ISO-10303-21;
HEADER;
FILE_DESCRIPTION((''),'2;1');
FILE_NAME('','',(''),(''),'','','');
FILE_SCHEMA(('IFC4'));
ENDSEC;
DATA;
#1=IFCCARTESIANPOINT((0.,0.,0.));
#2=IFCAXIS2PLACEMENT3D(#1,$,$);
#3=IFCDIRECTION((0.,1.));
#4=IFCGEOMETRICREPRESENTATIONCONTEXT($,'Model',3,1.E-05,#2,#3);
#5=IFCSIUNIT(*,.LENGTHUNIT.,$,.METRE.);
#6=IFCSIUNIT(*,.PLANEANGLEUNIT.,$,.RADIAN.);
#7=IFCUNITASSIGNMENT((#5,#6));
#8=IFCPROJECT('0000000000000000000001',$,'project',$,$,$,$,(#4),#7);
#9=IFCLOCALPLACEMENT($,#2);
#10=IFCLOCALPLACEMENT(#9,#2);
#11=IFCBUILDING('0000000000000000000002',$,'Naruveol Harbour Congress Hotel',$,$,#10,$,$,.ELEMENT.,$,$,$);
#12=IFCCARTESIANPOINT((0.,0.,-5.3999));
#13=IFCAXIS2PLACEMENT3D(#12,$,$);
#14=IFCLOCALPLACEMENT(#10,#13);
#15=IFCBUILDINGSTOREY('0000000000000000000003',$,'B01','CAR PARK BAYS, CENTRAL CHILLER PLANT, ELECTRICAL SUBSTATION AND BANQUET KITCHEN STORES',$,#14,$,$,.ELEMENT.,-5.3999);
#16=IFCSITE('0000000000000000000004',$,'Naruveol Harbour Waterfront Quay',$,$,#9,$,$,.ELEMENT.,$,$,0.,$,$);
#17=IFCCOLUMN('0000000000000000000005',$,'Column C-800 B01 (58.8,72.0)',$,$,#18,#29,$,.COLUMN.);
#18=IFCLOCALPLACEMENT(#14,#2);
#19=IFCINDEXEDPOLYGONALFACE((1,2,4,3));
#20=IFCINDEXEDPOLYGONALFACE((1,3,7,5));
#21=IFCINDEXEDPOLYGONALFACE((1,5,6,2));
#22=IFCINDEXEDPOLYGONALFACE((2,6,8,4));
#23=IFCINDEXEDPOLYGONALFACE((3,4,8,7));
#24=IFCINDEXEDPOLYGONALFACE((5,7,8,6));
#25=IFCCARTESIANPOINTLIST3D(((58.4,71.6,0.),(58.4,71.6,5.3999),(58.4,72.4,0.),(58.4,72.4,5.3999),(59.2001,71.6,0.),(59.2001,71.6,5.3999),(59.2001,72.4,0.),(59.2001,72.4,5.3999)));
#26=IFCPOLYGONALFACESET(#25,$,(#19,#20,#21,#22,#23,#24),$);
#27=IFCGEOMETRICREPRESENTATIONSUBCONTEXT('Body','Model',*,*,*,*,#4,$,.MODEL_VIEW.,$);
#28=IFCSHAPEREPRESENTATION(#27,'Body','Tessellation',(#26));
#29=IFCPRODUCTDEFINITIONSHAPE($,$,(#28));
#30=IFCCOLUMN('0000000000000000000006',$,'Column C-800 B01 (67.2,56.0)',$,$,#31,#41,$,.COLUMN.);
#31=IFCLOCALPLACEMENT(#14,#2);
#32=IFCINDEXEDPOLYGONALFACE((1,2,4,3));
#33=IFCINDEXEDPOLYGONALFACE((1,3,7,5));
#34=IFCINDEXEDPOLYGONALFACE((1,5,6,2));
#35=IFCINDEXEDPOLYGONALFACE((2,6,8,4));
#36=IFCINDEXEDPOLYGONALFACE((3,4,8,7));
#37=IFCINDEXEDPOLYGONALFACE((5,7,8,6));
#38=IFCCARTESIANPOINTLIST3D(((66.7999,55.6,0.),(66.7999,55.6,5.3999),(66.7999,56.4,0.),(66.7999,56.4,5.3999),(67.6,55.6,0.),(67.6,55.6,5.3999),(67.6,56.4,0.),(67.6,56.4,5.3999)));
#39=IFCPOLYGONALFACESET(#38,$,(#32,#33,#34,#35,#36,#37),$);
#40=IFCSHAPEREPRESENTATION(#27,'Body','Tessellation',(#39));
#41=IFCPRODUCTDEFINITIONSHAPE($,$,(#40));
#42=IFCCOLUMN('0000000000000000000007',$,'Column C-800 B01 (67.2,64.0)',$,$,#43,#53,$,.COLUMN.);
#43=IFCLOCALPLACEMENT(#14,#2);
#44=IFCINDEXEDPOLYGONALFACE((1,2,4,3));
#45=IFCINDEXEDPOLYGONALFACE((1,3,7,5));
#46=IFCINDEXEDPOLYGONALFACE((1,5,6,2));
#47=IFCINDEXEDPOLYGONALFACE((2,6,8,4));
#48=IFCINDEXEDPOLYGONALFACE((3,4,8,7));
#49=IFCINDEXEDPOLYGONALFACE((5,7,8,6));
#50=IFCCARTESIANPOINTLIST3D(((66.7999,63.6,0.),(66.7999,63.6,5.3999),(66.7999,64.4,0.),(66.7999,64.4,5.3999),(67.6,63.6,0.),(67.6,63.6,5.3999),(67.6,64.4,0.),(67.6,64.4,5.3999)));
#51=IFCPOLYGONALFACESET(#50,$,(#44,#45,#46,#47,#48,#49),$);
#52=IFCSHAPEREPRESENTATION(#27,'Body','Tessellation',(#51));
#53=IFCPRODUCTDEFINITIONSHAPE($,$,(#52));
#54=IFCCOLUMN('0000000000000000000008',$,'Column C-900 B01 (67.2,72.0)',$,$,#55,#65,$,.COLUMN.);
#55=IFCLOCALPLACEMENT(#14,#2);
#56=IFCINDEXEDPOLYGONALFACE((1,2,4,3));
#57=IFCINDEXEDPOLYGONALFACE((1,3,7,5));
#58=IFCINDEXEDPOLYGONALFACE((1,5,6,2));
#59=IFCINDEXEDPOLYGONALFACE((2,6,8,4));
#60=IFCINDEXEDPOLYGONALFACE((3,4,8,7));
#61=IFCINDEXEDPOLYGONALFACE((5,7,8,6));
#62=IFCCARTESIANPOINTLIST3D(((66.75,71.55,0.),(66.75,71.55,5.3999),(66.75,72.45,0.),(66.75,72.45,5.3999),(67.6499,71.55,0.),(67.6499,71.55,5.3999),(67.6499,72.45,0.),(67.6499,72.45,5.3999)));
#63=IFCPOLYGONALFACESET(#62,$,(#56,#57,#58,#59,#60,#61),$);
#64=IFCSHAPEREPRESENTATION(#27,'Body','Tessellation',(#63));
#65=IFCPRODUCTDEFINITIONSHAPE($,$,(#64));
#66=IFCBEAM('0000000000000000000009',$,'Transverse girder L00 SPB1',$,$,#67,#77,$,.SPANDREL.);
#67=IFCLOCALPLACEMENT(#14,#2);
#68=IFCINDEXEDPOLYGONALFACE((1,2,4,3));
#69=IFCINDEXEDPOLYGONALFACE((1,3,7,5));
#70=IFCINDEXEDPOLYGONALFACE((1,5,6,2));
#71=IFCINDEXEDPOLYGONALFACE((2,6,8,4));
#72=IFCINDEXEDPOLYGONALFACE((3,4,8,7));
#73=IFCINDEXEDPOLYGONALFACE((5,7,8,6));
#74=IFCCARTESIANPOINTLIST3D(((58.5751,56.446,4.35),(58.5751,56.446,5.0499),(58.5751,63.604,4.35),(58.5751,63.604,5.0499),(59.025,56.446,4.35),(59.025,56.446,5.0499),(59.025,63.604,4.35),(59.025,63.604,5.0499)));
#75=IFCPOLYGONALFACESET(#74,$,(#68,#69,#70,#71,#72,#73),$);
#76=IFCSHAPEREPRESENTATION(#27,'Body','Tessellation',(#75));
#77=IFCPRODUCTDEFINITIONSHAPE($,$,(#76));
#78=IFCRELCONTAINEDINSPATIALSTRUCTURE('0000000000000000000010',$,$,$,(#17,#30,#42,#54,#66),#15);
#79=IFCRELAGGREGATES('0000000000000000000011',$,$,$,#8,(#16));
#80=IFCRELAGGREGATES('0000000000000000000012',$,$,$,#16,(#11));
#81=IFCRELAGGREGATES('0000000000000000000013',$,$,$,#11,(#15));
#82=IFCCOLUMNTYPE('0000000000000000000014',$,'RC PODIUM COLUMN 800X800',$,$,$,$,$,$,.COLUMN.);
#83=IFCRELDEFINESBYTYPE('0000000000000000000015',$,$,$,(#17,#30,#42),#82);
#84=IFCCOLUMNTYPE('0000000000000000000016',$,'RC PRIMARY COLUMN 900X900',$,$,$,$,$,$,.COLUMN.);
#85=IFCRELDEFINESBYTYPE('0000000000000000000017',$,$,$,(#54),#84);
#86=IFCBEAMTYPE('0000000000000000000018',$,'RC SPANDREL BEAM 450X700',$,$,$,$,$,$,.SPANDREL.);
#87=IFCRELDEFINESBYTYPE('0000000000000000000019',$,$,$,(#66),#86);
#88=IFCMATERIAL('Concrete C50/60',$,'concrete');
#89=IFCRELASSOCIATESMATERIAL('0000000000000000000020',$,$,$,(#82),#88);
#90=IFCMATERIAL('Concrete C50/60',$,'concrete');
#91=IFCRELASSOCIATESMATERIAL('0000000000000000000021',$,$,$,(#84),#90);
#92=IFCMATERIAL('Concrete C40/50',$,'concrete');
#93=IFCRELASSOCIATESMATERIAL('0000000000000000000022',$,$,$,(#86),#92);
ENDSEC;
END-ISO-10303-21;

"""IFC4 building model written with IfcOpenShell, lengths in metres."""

from ifc_helpers import new_model, si_unit, direction, frame, origin, origin_2d, place, context, subcontext, project, spatial, rectangle, extrude, material, material_profile, profile_set, type_object, element, save


model = new_model("IFC4")

# Units and contexts
model_context = context("Model", 3, precision=1e-05, world=origin(), true_north=direction((0.0, 1.0)))
body_context = subcontext(model_context, "Body", "Model", "MODEL_VIEW")
ifc_project = project(units=[si_unit("LENGTHUNIT", "METRE"), si_unit("PLANEANGLEUNIT", "RADIAN")], contexts=[model_context])

# Site, building, storey
site_placement = place(None, origin())
site = spatial("IfcSite", under=ifc_project, at=site_placement, Name="Naruveol Harbour Waterfront Quay", CompositionType="ELEMENT", RefElevation=0.0)
building_placement = place(site_placement, origin())
building = spatial("IfcBuilding", under=site, at=building_placement, Name="Naruveol Harbour Congress Hotel", CompositionType="ELEMENT")
storey_placement = place(building_placement, frame((0.0, 0.0, -5.3999)))
storey = spatial("IfcBuildingStorey", under=building, at=storey_placement, Name="B01", Description="CAR PARK BAYS, CENTRAL CHILLER PLANT, ELECTRICAL SUBSTATION AND BANQUET KITCHEN STORES", CompositionType="ELEMENT", Elevation=-5.3999)

# Columns
ifc_material_1 = material(Name="Concrete C50/60", Category="concrete")
ifc_material_profile_1 = material_profile(ifc_material_1, rectangle(XDim=0.8, YDim=0.8, at=origin_2d()), Name="RC-800x800")
ifc_profile_set_1 = profile_set([ifc_material_profile_1], Name="Concrete C50/60")
column_type_1 = type_object("IfcColumnType", Name="RC PODIUM COLUMN 800X800", PredefinedType="COLUMN", material=ifc_profile_set_1)
for number, where, z_axis, x_axis, name in (
    (1, (58.8, 72.0, 0.0), (0.0, 0.0, 1.0), (1.0, 0.0, 0.0), "Column C-800 B01 (58.8,72.0)"),
    (2, (67.2, 56.0, 0.0), (0.0, 0.0, 1.0), (1.0, 0.0, 0.0), "Column C-800 B01 (67.2,56.0)"),
    (3, (67.2, 64.0, 0.0), (0.0, 0.0, 1.0), (1.0, 0.0, 0.0), "Column C-800 B01 (67.2,64.0)"),
):
    element("IfcColumn", number, at=place(storey_placement, frame(where, z_axis=z_axis, x_axis=x_axis)), inside=storey, type_object=column_type_1, Name=name, PredefinedType="COLUMN", context=body_context, shape_type="SweptSolid", body=[
        extrude(rectangle(XDim=0.8, YDim=0.8, at=origin_2d()), origin(), (0.0, 0.0, 1.0), 5.3999),
    ])
ifc_material_2 = material(Name="Concrete C50/60", Category="concrete")
ifc_material_profile_2 = material_profile(ifc_material_2, rectangle(XDim=0.8999, YDim=0.8999, at=origin_2d()), Name="RC-900x900")
ifc_profile_set_2 = profile_set([ifc_material_profile_2], Name="Concrete C50/60")
column_type_2 = type_object("IfcColumnType", Name="RC PRIMARY COLUMN 900X900", PredefinedType="COLUMN", material=ifc_profile_set_2)
column_placement = place(storey_placement, frame((67.2, 72.0, 0.0), z_axis=(0.0, 0.0, 1.0), x_axis=(1.0, 0.0, 0.0)))
element("IfcColumn", 4, at=column_placement, inside=storey, type_object=column_type_2, Name="Column C-900 B01 (67.2,72.0)", PredefinedType="COLUMN", context=body_context, shape_type="SweptSolid", body=[
    extrude(rectangle(XDim=0.8999, YDim=0.8999, at=origin_2d()), origin(), (0.0, 0.0, 1.0), 5.3999),
])

# Beam
ifc_material_3 = material(Name="Concrete C40/50", Category="concrete")
ifc_material_profile_3 = material_profile(ifc_material_3, rectangle(XDim=0.45, YDim=0.7, at=origin_2d()), Name="RCB-450x700")
ifc_profile_set_3 = profile_set([ifc_material_profile_3], Name="Concrete C40/50")
beam_type = type_object("IfcBeamType", Name="RC SPANDREL BEAM 450X700", PredefinedType="SPANDREL", material=ifc_profile_set_3)
beam_placement = place(storey_placement, frame((58.8, 56.446, 4.7), z_axis=(0.0, 1.0, 0.0), x_axis=(-1.0, 0.0, 0.0)))
element("IfcBeam", 5, at=beam_placement, inside=storey, type_object=beam_type, Name="Transverse girder L00 SPB1", PredefinedType="SPANDREL", context=body_context, shape_type="SweptSolid", body=[
    extrude(rectangle(XDim=0.45, YDim=0.7, at=origin_2d()), origin(), (0.0, 0.0, 1.0), 7.158),
])

save(model, "model.ifc")
